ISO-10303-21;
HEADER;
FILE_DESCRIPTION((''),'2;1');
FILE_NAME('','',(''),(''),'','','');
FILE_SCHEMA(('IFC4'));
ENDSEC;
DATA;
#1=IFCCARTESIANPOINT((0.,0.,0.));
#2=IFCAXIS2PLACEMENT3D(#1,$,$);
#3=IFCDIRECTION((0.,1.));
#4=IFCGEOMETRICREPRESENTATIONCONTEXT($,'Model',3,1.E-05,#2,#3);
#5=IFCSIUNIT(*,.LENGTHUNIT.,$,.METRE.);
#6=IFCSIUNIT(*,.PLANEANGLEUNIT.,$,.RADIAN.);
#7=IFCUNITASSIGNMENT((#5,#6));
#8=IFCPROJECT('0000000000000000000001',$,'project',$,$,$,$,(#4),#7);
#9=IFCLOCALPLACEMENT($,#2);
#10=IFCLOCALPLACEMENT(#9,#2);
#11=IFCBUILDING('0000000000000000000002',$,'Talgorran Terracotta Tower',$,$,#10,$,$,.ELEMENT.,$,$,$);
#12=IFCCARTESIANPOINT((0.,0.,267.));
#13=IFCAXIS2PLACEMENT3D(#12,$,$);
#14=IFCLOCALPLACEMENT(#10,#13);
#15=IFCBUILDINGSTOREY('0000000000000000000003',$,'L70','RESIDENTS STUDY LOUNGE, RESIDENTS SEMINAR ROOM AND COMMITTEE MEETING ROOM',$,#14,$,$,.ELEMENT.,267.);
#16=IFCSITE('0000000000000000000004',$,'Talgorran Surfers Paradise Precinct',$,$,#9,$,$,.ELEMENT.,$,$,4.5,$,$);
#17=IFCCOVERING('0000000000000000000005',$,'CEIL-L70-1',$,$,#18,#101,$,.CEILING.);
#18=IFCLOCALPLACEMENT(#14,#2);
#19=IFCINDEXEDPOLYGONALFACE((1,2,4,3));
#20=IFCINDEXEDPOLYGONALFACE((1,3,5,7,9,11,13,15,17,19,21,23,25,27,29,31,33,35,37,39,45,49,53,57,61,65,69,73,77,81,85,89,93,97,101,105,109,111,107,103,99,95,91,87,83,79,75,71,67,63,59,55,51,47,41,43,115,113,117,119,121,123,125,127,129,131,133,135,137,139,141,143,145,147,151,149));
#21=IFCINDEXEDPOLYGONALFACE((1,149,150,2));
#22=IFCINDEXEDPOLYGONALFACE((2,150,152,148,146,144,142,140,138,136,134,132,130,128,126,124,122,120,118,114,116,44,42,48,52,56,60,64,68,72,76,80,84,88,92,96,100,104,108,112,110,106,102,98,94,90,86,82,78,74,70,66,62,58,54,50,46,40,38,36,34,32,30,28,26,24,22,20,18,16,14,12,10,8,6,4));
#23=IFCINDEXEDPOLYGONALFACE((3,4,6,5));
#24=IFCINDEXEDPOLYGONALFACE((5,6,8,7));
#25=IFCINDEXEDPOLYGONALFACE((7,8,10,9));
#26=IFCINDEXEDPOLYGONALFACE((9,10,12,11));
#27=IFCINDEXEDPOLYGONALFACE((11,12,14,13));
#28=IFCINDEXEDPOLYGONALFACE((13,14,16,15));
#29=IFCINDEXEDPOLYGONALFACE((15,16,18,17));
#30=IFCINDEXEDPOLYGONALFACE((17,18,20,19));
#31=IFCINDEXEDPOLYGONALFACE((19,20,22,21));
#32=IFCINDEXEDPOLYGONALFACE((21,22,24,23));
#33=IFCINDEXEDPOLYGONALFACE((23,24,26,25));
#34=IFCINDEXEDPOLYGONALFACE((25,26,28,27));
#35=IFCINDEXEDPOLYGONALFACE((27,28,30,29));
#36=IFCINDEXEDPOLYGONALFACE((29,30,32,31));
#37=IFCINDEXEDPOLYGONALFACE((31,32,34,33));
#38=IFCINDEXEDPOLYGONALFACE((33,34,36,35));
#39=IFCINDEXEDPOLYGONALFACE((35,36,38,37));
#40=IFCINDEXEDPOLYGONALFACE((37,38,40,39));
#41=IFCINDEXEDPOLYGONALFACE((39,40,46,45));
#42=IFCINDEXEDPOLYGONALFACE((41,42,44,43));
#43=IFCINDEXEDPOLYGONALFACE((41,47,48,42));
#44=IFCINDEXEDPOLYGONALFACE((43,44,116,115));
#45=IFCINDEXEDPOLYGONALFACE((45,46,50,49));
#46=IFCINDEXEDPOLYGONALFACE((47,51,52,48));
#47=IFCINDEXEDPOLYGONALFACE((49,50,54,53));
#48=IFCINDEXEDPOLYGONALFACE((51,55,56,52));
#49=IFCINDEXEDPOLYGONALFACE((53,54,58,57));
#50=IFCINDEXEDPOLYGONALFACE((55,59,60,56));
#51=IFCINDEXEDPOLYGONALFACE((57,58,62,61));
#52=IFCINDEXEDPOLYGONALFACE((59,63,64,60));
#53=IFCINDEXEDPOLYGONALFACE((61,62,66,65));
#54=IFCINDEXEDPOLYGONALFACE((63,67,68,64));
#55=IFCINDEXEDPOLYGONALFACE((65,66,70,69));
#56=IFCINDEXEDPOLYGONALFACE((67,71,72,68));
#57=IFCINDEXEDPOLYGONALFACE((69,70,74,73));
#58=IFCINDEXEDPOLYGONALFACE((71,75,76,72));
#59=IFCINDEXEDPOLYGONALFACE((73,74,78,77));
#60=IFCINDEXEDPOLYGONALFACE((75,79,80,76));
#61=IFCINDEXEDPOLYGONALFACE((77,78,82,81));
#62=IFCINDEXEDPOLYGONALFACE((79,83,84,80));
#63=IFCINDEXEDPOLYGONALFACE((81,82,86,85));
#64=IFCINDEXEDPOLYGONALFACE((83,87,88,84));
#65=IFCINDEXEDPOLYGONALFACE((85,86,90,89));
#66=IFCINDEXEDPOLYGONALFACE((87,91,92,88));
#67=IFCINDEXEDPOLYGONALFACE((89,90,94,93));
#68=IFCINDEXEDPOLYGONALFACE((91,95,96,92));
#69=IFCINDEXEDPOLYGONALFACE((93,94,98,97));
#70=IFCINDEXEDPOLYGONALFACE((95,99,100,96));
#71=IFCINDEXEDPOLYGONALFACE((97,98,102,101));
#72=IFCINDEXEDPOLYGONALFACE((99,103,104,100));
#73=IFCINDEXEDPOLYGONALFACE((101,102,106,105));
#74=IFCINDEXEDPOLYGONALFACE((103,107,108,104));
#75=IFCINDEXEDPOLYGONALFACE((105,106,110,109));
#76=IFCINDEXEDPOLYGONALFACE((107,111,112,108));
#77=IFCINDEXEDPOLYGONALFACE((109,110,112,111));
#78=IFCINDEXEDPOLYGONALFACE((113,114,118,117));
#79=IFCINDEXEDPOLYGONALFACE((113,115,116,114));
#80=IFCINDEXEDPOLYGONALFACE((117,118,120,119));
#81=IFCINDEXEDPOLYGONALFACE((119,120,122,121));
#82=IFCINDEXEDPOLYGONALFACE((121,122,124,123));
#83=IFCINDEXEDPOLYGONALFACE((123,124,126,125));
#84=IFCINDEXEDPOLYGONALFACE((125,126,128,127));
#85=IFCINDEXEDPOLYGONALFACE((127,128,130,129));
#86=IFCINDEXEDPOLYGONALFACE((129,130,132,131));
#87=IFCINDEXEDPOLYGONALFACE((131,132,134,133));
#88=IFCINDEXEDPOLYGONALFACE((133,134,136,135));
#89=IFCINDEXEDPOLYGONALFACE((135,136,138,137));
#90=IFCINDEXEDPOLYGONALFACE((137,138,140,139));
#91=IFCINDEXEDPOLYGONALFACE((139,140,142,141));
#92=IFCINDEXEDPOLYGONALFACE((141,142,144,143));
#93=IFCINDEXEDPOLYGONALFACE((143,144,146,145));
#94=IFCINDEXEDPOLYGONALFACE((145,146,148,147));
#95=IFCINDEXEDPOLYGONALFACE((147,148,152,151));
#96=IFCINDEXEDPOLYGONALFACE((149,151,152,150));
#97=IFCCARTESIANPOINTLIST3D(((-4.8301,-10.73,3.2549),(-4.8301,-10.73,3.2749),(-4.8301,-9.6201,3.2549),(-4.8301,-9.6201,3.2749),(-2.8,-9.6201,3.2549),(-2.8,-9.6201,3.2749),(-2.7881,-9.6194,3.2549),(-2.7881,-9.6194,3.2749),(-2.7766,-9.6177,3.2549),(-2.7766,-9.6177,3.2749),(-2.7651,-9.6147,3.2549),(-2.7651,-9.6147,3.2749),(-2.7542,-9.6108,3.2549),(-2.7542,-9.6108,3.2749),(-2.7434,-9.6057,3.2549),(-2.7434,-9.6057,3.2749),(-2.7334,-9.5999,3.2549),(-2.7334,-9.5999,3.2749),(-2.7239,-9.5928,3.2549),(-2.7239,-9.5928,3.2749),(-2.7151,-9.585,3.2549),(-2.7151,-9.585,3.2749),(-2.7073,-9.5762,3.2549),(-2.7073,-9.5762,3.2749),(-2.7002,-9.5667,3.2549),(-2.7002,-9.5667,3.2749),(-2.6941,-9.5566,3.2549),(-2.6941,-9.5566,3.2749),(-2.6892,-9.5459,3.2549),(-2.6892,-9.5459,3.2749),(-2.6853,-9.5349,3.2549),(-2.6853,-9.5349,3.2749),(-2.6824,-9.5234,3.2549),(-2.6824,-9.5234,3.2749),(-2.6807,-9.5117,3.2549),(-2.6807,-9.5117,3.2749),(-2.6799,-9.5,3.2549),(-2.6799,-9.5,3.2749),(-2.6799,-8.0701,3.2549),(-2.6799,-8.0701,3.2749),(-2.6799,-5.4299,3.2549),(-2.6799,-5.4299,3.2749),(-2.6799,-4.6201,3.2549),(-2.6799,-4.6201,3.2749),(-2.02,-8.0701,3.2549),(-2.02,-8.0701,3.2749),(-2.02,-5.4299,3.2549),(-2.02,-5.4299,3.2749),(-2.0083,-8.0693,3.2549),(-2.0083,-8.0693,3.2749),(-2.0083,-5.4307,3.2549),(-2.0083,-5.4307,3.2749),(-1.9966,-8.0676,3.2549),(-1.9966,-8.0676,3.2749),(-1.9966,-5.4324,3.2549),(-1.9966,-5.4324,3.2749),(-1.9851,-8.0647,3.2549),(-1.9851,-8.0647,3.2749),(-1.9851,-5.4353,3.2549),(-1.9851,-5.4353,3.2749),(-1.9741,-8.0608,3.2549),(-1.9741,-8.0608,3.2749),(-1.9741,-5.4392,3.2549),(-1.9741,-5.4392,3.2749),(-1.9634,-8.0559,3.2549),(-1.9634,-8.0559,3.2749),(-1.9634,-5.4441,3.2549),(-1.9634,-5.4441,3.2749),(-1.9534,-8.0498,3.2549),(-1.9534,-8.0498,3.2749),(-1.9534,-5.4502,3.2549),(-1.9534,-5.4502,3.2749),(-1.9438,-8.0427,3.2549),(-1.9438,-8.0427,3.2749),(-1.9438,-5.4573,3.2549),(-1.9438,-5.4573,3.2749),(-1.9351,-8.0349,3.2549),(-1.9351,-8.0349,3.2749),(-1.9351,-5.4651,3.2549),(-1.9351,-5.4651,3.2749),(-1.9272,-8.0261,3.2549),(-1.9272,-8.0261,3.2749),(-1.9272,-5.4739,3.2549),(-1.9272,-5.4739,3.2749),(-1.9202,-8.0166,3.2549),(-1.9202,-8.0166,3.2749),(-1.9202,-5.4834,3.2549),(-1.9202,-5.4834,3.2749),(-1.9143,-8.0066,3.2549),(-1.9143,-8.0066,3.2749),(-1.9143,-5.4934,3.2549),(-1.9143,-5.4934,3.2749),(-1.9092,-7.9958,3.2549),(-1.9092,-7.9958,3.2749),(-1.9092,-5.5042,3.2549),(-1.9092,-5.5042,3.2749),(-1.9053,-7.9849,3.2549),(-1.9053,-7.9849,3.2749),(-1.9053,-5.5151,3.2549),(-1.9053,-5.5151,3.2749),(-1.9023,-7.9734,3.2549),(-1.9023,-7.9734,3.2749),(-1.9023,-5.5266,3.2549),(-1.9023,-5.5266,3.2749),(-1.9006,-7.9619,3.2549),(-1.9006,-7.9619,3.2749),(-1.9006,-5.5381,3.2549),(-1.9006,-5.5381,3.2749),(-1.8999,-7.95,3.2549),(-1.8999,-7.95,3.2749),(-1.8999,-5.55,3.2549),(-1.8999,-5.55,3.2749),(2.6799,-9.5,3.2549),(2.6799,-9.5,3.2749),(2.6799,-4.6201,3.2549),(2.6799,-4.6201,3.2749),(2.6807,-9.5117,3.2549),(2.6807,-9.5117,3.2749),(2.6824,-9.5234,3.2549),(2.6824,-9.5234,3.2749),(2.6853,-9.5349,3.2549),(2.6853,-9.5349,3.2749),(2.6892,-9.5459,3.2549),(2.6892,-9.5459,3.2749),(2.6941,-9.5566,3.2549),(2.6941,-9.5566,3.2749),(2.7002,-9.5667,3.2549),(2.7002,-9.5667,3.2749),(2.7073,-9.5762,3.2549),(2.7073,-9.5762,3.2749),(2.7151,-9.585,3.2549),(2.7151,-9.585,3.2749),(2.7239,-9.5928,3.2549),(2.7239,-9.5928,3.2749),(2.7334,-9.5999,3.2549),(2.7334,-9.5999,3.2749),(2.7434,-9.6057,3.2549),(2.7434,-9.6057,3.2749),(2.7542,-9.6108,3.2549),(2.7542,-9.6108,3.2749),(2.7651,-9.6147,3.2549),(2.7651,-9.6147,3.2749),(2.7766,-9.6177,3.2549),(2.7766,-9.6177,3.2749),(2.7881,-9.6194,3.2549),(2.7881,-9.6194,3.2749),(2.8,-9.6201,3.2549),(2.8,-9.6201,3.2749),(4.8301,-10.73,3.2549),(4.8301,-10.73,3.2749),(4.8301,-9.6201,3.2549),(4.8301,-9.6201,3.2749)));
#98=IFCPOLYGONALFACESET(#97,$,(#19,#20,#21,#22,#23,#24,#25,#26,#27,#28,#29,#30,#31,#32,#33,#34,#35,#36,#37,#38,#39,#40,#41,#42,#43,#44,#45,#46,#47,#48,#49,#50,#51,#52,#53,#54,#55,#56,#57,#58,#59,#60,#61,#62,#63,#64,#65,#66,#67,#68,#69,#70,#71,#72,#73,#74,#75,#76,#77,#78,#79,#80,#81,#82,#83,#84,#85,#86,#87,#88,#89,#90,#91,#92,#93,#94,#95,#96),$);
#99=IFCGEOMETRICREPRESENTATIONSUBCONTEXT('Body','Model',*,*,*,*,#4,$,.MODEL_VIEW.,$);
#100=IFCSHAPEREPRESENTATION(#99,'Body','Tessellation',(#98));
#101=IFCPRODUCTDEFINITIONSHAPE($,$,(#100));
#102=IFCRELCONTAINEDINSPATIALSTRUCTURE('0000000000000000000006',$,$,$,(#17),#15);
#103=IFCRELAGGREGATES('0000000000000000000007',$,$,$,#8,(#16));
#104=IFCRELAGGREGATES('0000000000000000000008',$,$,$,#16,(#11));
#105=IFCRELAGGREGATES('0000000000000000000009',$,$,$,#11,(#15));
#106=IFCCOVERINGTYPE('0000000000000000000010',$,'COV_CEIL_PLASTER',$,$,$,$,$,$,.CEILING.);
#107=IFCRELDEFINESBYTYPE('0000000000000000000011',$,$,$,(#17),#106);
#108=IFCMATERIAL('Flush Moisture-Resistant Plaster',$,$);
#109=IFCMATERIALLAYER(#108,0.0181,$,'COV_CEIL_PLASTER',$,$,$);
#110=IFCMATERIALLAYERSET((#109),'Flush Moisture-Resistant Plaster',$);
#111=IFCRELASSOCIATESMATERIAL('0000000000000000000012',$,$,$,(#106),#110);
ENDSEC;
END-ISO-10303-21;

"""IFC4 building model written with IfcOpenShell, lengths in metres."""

from ifc_helpers import new_model, si_unit, direction, frame, origin, place, context, subcontext, project, spatial, polyline, outline, extrude, material, layer, layer_set, type_object, element, save


model = new_model("IFC4")

# Units and contexts
model_context = context("Model", 3, precision=1e-05, world=origin(), true_north=direction((0.0, 1.0)))
body_context = subcontext(model_context, "Body", "Model", "MODEL_VIEW")
ifc_project = project(units=[si_unit("LENGTHUNIT", "METRE"), si_unit("PLANEANGLEUNIT", "RADIAN")], contexts=[model_context])

# Site, building, storey
site_placement = place(None, origin())
site = spatial("IfcSite", under=ifc_project, at=site_placement, Name="Talgorran Surfers Paradise Precinct", CompositionType="ELEMENT", RefElevation=4.5)
building_placement = place(site_placement, origin())
building = spatial("IfcBuilding", under=site, at=building_placement, Name="Talgorran Terracotta Tower", CompositionType="ELEMENT")
storey_placement = place(building_placement, frame((0.0, 0.0, 267.0)))
storey = spatial("IfcBuildingStorey", under=building, at=storey_placement, Name="L70", Description="RESIDENTS STUDY LOUNGE, RESIDENTS SEMINAR ROOM AND COMMITTEE MEETING ROOM", CompositionType="ELEMENT", Elevation=267.0)

# Covering
ifc_material_1 = material(Name="Flush Moisture-Resistant Plaster")
ifc_layer_1 = layer(ifc_material_1, 0.0181, Name="COV_CEIL_PLASTER")
ifc_layer_set_1 = layer_set([ifc_layer_1], Name="Flush Moisture-Resistant Plaster")
covering_type_1 = type_object("IfcCoveringType", Name="COV_CEIL_PLASTER", PredefinedType="CEILING", material=ifc_layer_set_1)
covering_1_placement = place(storey_placement, frame((0.0, 0.0, 3.2549)))
element("IfcCovering", 1, at=covering_1_placement, inside=storey, type_object=covering_type_1, Name="CEIL-L70-1", PredefinedType="CEILING", context=body_context, shape_type="SweptSolid", body=[
    extrude(outline(polyline([(2.6799, -4.6201), (2.6799, -9.5), (2.6807, -9.5117), (2.6824, -9.5234), (2.6853, -9.5349), (2.6892, -9.5459), (2.6941, -9.5566), (2.7002, -9.5667), (2.7073, -9.5762), (2.7151, -9.585), (2.7239, -9.5928), (2.7334, -9.5999), (2.7434, -9.6057), (2.7542, -9.6108), (2.7651, -9.6147), (2.7766, -9.6177), (2.7881, -9.6194), (2.8, -9.6201), (4.8301, -9.6201), (4.8301, -10.73), (-4.8301, -10.73), (-4.8301, -9.6201), (-2.8, -9.6201), (-2.7881, -9.6194), (-2.7766, -9.6177), (-2.7651, -9.6147), (-2.7542, -9.6108), (-2.7434, -9.6057), (-2.7334, -9.5999), (-2.7239, -9.5928), (-2.7151, -9.585), (-2.7073, -9.5762), (-2.7002, -9.5667), (-2.6941, -9.5566), (-2.6892, -9.5459), (-2.6853, -9.5349), (-2.6824, -9.5234), (-2.6807, -9.5117), (-2.6799, -9.5), (-2.6799, -8.0701), (-2.02, -8.0701), (-2.0083, -8.0693), (-1.9966, -8.0676), (-1.9851, -8.0647), (-1.9741, -8.0608), (-1.9634, -8.0559), (-1.9534, -8.0498), (-1.9438, -8.0427), (-1.9351, -8.0349), (-1.9272, -8.0261), (-1.9202, -8.0166), (-1.9143, -8.0066), (-1.9092, -7.9958), (-1.9053, -7.9849), (-1.9023, -7.9734), (-1.9006, -7.9619), (-1.8999, -7.95), (-1.8999, -5.55), (-1.9006, -5.5381), (-1.9023, -5.5266), (-1.9053, -5.5151), (-1.9092, -5.5042), (-1.9143, -5.4934), (-1.9202, -5.4834), (-1.9272, -5.4739), (-1.9351, -5.4651), (-1.9438, -5.4573), (-1.9534, -5.4502), (-1.9634, -5.4441), (-1.9741, -5.4392), (-1.9851, -5.4353), (-1.9966, -5.4324), (-2.0083, -5.4307), (-2.02, -5.4299), (-2.6799, -5.4299), (-2.6799, -4.6201), (2.6799, -4.6201)])), origin(), (0.0, 0.0, 1.0), 0.02),
])

save(model, "model.ifc")
